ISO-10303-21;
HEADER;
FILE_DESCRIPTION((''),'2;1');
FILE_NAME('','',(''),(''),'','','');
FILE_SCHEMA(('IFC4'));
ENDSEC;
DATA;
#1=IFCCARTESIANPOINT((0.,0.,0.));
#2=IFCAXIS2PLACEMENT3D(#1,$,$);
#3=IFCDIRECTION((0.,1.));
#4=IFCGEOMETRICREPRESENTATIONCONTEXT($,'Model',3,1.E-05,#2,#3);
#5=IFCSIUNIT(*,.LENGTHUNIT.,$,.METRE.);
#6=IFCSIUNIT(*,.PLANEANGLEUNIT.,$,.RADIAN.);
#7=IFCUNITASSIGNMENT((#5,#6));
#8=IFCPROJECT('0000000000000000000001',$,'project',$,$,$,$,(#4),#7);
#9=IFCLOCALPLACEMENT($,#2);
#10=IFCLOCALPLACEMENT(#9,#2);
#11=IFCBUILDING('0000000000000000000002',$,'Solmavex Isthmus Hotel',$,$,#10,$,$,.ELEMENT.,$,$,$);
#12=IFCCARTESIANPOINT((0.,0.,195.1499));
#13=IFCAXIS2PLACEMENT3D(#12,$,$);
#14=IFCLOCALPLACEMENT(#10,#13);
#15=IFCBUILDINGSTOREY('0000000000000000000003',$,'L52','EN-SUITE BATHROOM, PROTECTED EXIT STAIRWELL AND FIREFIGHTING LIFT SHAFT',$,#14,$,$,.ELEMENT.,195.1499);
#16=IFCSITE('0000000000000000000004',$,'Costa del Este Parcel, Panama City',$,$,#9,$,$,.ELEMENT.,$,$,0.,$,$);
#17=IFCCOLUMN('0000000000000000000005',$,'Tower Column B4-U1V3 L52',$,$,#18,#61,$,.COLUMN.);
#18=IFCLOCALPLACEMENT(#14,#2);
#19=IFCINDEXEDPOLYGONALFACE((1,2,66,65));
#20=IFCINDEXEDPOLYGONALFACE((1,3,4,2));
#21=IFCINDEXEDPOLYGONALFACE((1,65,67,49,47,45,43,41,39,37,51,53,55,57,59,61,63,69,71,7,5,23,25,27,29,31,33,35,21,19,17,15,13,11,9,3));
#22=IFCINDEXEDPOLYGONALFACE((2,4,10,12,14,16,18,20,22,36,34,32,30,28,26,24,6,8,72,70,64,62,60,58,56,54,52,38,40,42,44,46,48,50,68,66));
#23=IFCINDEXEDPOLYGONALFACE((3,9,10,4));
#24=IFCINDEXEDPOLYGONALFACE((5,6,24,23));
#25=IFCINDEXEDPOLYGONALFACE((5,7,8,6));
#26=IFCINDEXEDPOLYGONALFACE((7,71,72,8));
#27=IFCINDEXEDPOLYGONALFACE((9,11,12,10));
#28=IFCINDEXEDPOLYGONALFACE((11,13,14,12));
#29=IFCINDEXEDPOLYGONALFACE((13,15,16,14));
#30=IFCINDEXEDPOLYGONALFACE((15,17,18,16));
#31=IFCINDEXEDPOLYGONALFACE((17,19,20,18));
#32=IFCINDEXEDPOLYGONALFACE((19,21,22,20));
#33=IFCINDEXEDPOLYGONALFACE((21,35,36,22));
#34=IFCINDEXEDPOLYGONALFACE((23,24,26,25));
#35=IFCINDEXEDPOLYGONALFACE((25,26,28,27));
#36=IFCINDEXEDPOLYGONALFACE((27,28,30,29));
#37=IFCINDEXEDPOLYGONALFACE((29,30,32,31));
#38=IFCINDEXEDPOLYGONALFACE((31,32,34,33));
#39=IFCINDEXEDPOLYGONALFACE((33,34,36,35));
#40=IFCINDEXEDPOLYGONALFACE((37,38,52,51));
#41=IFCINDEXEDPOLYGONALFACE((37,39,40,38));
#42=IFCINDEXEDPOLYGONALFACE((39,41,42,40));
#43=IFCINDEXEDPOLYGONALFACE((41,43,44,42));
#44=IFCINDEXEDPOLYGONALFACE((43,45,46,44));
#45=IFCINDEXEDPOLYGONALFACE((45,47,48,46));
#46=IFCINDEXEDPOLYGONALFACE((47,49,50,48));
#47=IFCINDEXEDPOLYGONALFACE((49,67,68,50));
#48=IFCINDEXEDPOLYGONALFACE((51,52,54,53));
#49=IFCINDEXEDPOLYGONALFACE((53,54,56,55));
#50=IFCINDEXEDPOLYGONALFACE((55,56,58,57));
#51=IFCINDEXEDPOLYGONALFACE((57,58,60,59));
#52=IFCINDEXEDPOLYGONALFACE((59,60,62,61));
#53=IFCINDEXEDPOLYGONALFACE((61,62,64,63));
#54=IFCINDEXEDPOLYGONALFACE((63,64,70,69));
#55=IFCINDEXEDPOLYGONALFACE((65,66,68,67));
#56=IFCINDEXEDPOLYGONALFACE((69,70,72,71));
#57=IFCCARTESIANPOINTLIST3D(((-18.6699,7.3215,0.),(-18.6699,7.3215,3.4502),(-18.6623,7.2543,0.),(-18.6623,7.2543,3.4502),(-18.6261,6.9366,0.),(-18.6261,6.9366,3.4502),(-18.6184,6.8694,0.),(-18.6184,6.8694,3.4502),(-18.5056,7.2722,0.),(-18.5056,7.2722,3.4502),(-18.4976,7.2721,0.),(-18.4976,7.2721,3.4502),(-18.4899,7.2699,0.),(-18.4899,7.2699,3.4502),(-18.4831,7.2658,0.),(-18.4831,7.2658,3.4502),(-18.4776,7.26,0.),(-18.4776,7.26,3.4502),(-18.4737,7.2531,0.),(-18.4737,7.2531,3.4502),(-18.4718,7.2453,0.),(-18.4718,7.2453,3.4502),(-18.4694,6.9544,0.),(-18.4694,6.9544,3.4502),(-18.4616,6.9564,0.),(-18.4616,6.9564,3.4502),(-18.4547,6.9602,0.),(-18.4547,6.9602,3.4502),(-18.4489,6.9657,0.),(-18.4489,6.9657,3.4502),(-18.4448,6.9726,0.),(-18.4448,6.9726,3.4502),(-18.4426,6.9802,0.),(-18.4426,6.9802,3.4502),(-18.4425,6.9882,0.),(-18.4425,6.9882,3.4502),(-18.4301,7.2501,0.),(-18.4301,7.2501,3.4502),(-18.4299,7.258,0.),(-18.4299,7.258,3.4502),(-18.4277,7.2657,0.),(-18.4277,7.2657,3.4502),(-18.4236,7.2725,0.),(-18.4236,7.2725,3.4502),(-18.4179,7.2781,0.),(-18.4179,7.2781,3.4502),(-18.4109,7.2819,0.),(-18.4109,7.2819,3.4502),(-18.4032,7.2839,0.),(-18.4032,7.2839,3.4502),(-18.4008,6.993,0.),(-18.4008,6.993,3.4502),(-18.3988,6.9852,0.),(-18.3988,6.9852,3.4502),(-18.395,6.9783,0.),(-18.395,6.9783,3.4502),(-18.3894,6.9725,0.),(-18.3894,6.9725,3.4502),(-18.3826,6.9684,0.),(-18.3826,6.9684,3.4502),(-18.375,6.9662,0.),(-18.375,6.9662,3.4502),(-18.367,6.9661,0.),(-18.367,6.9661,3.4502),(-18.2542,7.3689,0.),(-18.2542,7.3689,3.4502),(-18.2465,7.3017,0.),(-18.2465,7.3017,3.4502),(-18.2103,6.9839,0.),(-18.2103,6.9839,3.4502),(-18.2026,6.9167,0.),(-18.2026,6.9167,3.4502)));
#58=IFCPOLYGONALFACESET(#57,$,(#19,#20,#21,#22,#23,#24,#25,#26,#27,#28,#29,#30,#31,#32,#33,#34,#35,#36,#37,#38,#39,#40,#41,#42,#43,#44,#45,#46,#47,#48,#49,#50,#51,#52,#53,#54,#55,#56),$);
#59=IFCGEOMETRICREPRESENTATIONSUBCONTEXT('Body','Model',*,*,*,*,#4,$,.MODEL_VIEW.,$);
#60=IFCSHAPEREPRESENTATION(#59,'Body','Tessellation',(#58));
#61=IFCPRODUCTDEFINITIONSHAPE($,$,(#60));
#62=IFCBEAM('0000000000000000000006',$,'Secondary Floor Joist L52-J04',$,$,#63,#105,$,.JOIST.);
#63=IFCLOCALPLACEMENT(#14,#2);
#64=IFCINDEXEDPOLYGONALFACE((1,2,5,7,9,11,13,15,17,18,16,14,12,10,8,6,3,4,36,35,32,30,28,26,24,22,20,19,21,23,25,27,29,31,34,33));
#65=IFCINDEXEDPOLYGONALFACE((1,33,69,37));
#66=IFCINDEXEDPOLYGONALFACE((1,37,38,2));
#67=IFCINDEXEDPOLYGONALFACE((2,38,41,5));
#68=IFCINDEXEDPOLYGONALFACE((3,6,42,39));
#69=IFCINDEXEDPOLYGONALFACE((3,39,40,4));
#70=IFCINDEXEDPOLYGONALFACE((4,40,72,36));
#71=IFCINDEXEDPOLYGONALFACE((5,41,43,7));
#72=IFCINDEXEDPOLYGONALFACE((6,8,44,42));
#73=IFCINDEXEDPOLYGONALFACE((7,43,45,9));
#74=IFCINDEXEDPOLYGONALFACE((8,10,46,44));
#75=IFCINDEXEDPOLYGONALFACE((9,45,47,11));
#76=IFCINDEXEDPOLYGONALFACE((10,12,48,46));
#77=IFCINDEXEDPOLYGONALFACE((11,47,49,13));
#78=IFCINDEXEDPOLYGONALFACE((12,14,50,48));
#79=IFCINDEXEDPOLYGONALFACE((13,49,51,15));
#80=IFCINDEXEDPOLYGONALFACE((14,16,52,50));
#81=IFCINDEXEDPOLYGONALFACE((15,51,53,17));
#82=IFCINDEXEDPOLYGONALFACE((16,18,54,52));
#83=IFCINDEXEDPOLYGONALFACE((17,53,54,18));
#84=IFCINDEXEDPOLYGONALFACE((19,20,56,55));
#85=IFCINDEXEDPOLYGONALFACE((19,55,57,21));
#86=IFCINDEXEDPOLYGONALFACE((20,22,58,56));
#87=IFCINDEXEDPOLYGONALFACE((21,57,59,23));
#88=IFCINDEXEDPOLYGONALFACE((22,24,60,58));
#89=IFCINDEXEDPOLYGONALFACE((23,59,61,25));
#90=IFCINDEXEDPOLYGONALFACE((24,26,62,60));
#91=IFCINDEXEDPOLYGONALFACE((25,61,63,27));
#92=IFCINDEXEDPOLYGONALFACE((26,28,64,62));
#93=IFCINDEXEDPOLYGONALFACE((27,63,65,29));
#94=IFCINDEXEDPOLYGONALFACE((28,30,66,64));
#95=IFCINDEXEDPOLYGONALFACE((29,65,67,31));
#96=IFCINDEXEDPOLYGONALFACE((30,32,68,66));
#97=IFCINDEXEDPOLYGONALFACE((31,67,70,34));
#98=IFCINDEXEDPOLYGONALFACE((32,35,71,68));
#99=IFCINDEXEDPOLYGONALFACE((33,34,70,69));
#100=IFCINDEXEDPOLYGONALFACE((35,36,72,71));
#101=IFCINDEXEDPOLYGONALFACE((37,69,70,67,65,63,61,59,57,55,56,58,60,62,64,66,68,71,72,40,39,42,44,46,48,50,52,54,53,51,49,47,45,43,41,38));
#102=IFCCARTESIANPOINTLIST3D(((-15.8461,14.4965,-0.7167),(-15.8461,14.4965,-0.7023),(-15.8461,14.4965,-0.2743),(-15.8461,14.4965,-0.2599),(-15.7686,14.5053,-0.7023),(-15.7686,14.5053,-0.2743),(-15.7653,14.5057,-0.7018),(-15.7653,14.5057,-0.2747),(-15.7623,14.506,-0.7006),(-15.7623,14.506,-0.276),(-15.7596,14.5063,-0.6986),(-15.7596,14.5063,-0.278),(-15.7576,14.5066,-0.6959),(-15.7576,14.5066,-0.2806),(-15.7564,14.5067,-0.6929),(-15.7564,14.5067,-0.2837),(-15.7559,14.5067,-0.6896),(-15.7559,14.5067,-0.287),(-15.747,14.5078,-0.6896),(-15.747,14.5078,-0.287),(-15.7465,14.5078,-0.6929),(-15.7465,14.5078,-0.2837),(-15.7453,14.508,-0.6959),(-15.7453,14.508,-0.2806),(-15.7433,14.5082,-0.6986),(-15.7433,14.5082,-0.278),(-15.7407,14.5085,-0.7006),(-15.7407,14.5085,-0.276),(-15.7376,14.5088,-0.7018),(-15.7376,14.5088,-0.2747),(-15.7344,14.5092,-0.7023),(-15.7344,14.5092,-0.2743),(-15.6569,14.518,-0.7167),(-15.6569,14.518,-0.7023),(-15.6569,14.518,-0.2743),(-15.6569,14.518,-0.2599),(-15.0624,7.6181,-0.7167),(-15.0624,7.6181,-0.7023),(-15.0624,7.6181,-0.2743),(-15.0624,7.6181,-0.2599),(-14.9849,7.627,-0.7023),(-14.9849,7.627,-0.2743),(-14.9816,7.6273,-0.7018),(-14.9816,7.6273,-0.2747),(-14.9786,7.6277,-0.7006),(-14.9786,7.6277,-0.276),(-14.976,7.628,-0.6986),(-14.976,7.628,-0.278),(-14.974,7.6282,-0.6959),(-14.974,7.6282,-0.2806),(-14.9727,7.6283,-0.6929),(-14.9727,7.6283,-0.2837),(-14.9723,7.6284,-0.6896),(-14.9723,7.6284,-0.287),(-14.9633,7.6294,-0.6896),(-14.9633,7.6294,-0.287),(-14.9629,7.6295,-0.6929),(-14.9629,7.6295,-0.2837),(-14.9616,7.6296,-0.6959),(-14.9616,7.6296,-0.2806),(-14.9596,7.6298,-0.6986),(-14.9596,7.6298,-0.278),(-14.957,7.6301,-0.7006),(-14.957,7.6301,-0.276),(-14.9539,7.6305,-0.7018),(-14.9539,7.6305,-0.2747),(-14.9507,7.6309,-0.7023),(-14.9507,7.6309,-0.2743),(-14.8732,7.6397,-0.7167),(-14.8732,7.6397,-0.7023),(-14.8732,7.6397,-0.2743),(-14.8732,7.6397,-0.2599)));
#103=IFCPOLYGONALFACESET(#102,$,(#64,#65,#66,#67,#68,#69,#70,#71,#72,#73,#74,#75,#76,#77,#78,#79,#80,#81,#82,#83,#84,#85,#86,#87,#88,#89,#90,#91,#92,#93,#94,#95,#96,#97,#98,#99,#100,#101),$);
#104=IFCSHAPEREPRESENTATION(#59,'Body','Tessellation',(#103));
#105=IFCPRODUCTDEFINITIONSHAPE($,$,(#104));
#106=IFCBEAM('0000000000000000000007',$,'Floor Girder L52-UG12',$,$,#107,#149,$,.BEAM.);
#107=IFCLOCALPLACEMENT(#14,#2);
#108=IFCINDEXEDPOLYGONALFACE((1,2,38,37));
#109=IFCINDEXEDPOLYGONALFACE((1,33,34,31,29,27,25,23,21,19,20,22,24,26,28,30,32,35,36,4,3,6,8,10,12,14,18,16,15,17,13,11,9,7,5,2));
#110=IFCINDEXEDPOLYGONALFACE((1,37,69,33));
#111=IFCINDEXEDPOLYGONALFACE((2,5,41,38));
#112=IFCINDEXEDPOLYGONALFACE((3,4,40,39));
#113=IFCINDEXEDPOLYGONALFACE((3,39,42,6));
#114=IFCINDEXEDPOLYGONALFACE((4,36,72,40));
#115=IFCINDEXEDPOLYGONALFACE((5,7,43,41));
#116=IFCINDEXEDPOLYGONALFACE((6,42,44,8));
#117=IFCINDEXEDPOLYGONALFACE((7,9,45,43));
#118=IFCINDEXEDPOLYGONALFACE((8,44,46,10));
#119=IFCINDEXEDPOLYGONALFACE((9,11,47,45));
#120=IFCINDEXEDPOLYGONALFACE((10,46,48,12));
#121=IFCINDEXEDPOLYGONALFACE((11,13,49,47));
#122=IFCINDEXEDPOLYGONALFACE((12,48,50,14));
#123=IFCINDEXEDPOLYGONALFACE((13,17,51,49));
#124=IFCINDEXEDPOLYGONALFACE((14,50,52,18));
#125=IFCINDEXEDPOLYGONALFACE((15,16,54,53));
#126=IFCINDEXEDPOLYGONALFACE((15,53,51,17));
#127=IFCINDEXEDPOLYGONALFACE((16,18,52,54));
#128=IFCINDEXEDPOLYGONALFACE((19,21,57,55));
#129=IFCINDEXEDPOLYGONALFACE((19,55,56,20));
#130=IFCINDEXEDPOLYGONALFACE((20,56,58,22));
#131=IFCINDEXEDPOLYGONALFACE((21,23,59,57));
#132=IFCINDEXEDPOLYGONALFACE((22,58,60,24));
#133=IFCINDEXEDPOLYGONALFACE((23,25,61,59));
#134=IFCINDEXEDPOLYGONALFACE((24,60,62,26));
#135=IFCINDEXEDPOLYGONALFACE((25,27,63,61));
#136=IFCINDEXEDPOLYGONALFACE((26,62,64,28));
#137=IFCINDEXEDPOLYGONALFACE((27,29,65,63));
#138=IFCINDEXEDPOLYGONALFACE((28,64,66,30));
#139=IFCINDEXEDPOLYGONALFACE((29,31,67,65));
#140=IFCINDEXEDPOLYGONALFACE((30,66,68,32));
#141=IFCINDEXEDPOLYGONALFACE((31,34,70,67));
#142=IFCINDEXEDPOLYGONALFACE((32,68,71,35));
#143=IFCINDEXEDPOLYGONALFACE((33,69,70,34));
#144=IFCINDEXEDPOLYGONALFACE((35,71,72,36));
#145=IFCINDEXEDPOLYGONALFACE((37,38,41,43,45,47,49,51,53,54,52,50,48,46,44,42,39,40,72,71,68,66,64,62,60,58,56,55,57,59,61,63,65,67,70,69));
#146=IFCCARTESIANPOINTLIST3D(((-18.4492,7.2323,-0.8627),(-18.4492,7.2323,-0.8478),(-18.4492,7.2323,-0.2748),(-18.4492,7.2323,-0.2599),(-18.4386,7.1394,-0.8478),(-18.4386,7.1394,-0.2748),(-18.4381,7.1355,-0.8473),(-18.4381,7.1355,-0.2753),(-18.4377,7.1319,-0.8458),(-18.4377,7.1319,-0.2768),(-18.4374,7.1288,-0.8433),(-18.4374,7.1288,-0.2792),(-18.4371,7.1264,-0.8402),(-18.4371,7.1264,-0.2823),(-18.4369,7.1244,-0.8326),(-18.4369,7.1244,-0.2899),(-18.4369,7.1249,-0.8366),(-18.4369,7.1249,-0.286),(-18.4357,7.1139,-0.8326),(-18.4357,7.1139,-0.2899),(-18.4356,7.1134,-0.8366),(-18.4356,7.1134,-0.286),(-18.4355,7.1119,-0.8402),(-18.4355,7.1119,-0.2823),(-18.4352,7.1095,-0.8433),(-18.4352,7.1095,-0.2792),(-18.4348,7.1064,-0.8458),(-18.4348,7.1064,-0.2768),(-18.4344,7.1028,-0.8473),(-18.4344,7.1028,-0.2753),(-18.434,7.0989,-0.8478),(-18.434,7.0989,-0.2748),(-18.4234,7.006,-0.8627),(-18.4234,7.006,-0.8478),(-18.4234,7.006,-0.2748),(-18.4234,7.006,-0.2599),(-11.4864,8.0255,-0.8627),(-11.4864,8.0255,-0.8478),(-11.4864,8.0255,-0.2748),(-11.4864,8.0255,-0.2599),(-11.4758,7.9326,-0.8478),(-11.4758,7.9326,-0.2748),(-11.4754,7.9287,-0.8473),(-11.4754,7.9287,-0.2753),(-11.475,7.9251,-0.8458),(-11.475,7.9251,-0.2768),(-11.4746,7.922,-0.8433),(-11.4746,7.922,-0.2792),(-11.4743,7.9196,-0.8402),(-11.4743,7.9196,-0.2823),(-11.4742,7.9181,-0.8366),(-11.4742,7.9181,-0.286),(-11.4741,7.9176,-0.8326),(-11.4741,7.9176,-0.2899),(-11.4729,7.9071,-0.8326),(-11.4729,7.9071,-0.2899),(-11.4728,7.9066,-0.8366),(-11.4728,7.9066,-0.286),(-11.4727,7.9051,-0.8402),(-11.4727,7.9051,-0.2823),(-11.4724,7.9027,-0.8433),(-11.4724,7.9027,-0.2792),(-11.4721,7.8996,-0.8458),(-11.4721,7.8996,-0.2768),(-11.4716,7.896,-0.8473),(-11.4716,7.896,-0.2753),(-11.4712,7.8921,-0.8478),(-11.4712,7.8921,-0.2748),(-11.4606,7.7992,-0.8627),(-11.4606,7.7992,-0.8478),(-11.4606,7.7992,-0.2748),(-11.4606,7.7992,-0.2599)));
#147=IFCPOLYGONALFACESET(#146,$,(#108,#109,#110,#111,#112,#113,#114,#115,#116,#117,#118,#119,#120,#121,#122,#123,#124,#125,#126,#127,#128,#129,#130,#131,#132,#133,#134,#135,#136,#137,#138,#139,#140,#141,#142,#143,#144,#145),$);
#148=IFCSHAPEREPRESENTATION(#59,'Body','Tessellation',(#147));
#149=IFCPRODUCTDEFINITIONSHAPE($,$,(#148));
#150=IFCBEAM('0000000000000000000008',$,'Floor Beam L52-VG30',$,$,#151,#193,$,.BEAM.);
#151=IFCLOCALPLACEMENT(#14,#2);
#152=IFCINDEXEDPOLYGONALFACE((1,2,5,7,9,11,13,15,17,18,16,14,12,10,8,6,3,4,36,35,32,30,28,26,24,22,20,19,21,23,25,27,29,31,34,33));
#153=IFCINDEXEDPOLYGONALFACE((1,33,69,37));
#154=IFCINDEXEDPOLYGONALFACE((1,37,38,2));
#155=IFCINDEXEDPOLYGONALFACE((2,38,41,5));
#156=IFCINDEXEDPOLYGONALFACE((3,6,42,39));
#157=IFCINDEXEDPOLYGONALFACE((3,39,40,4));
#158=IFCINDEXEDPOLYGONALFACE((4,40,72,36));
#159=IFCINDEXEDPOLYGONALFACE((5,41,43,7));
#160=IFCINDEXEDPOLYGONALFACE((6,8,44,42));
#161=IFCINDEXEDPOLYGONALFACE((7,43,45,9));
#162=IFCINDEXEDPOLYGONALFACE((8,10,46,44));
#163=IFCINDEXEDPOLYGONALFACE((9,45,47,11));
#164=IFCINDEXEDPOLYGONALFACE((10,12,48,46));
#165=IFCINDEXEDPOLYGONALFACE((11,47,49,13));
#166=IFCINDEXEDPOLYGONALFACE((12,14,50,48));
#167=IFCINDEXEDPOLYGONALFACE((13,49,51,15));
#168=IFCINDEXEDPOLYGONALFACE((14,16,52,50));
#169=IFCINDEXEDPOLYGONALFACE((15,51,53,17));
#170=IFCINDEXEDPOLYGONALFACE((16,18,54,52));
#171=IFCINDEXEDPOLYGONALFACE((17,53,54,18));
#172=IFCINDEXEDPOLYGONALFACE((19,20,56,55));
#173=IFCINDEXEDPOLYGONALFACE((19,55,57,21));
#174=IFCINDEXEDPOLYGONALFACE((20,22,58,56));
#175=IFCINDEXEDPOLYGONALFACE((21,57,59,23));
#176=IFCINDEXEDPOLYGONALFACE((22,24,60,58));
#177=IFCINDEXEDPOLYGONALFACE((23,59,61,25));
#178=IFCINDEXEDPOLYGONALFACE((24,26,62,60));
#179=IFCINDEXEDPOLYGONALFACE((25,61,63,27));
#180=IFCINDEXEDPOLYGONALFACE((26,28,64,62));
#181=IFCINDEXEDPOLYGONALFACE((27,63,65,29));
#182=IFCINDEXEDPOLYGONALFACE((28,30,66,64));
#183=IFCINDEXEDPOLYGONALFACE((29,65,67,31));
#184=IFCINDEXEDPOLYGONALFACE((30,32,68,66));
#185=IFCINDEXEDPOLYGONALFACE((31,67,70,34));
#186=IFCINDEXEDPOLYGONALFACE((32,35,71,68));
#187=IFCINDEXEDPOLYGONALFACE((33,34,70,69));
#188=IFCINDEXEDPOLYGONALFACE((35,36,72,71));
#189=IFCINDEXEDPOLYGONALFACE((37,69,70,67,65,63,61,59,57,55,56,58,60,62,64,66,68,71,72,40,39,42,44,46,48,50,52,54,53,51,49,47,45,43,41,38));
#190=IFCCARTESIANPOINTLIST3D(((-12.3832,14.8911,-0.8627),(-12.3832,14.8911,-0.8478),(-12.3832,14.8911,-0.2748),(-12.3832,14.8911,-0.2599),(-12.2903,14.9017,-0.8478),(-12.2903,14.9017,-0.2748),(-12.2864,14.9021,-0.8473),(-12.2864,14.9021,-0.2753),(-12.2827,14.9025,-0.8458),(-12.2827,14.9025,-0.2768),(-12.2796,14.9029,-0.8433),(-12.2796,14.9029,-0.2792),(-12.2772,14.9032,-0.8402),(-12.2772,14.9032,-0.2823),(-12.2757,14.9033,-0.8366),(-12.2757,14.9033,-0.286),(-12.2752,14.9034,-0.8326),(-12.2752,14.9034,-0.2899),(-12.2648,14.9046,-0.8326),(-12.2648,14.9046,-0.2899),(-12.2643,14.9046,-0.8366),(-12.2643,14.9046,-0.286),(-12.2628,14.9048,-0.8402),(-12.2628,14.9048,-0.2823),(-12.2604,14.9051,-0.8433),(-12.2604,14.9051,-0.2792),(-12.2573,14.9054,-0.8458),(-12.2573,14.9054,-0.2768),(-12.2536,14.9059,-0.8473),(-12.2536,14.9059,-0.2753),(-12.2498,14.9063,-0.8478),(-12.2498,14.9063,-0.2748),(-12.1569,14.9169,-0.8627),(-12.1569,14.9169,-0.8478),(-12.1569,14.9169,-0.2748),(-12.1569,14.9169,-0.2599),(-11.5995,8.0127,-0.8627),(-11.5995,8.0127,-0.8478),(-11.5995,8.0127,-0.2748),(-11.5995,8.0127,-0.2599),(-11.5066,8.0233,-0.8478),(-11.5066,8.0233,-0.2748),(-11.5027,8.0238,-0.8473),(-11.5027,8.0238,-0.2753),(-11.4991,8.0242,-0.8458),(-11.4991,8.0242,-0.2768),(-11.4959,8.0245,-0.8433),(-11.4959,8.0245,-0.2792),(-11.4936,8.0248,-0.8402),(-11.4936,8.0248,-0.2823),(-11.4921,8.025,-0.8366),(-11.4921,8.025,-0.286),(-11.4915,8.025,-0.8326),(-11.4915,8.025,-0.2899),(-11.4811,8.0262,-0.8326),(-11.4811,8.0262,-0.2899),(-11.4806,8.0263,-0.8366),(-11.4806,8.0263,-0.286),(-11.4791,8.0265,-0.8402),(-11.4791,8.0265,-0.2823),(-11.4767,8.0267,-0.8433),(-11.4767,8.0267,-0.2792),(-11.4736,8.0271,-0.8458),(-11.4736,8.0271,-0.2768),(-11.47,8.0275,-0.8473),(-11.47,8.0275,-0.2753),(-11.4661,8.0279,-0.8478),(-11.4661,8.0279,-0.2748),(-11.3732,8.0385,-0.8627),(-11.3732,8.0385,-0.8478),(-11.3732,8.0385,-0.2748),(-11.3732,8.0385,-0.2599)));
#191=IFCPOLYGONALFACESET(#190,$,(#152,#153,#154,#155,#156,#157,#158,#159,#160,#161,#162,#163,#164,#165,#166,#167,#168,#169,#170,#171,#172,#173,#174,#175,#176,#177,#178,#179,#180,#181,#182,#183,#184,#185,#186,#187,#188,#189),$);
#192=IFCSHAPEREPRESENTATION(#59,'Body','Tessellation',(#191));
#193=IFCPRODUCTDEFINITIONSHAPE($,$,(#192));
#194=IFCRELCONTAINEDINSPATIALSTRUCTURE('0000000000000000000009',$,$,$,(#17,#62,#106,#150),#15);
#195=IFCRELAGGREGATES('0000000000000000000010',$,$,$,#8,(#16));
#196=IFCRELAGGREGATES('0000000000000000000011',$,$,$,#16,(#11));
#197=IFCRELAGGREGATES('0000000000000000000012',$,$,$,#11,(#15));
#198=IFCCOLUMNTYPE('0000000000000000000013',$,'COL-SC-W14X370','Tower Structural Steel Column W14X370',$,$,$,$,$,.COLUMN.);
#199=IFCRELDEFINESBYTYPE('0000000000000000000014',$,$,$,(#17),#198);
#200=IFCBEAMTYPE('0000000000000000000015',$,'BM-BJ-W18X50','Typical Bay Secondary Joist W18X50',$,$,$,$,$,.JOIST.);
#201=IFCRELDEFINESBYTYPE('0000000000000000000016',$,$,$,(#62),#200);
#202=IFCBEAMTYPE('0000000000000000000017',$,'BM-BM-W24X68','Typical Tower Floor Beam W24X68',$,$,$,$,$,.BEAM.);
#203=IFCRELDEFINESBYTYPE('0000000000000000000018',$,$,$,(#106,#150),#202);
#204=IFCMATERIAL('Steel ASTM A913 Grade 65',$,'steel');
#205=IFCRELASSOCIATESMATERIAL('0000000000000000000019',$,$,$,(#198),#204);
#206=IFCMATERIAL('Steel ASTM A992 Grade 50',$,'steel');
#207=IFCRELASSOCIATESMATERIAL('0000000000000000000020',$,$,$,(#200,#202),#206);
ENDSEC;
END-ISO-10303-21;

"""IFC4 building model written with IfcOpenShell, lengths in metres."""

from ifc_helpers import new_model, si_unit, direction, frame, origin, origin_2d, place, context, subcontext, project, spatial, i_section, extrude, material, material_profile, profile_set, type_object, element, save


model = new_model("IFC4")

# Units and contexts
model_context = context("Model", 3, precision=1e-05, world=origin(), true_north=direction((0.0, 1.0)))
body_context = subcontext(model_context, "Body", "Model", "MODEL_VIEW")
ifc_project = project(units=[si_unit("LENGTHUNIT", "METRE"), si_unit("PLANEANGLEUNIT", "RADIAN")], contexts=[model_context])

# Site, building, storey
site_placement = place(None, origin())
site = spatial("IfcSite", under=ifc_project, at=site_placement, Name="Costa del Este Parcel, Panama City", CompositionType="ELEMENT", RefElevation=0.0)
building_placement = place(site_placement, origin())
building = spatial("IfcBuilding", under=site, at=building_placement, Name="Solmavex Isthmus Hotel", CompositionType="ELEMENT")
storey_placement = place(building_placement, frame((0.0, 0.0, 195.1499)))
storey = spatial("IfcBuildingStorey", under=building, at=storey_placement, Name="L52", Description="EN-SUITE BATHROOM, PROTECTED EXIT STAIRWELL AND FIREFIGHTING LIFT SHAFT", CompositionType="ELEMENT", Elevation=195.1499)

# Column
ifc_material_1 = material(Name="Steel ASTM A913 Grade 65", Category="steel")
ifc_material_profile_1 = material_profile(ifc_material_1, i_section(OverallWidth=0.4185, OverallDepth=0.4551, WebThickness=0.042, FlangeThickness=0.0676, FilletRadius=0.0305, at=origin_2d()), Name="W14X370")
ifc_profile_set_1 = profile_set([ifc_material_profile_1], Name="Steel ASTM A913 Grade 65")
column_type = type_object("IfcColumnType", Name="COL-SC-W14X370", Description="Tower Structural Steel Column W14X370", PredefinedType="COLUMN", material=ifc_profile_set_1)
column_placement = place(storey_placement, frame((-18.4363, 7.1191, 0.0), z_axis=(0.0, 0.0, 1.0), x_axis=(0.993572, 0.113203, 0.0)))
element("IfcColumn", 1, at=column_placement, inside=storey, type_object=column_type, Name="Tower Column B4-U1V3 L52", PredefinedType="COLUMN", context=body_context, shape_type="SweptSolid", body=[
    extrude(i_section(OverallWidth=0.4185, OverallDepth=0.4551, WebThickness=0.042, FlangeThickness=0.0676, FilletRadius=0.0305, at=origin_2d()), origin(), (0.0, 0.0, 1.0), 3.4502),
])

# Beams
ifc_material_2 = material(Name="Steel ASTM A992 Grade 50", Category="steel")
ifc_material_profile_2 = material_profile(ifc_material_2, i_section(OverallWidth=0.1904, OverallDepth=0.4568, WebThickness=0.009, FlangeThickness=0.0144, FilletRadius=0.0127, at=origin_2d()), Name="W18X50")
ifc_profile_set_2 = profile_set([ifc_material_profile_2], Name="Steel ASTM A992 Grade 50")
beam_type_1 = type_object("IfcBeamType", Name="BM-BJ-W18X50", Description="Typical Bay Secondary Joist W18X50", PredefinedType="JOIST", material=ifc_profile_set_2)
beam_1_placement = place(storey_placement, frame((-14.9678, 7.6289, -0.4883), z_axis=(-0.113202, 0.993572, 0.0), x_axis=(-0.993572, -0.113202, 0.0)))
element("IfcBeam", 2, at=beam_1_placement, inside=storey, type_object=beam_type_1, Name="Secondary Floor Joist L52-J04", PredefinedType="JOIST", context=body_context, shape_type="SweptSolid", body=[
    extrude(i_section(OverallWidth=0.1904, OverallDepth=0.4568, WebThickness=0.009, FlangeThickness=0.0144, FilletRadius=0.0127, at=origin_2d()), origin(), (0.0, 0.0, 1.0), 6.9229),
])
ifc_material_profile_3 = material_profile(ifc_material_2, i_section(OverallWidth=0.2278, OverallDepth=0.6028, WebThickness=0.0105, FlangeThickness=0.0149, FilletRadius=0.0151, at=origin_2d()), Name="W24X68")
ifc_profile_set_3 = profile_set([ifc_material_profile_3], Name="Steel ASTM A992 Grade 50")
beam_type_2 = type_object("IfcBeamType", Name="BM-BM-W24X68", Description="Typical Tower Floor Beam W24X68", PredefinedType="BEAM", material=ifc_profile_set_3)
beam_2_placement = place(storey_placement, frame((-18.4363, 7.1191, -0.5613), z_axis=(0.993574, 0.113188, 0.0), x_axis=(-0.113188, 0.993574, 0.0)))
element("IfcBeam", 3, at=beam_2_placement, inside=storey, type_object=beam_type_2, Name="Floor Girder L52-UG12", PredefinedType="BEAM", context=body_context, shape_type="SweptSolid", body=[
    extrude(i_section(OverallWidth=0.2278, OverallDepth=0.6028, WebThickness=0.0105, FlangeThickness=0.0149, FilletRadius=0.0151, at=origin_2d()), origin(), (0.0, 0.0, 1.0), 7.0078),
])
beam_3_placement = place(storey_placement, frame((-11.4863, 8.0256, -0.5613), z_axis=(-0.113202, 0.993572, 0.0), x_axis=(-0.993572, -0.113202, 0.0)))
element("IfcBeam", 4, at=beam_3_placement, inside=storey, type_object=beam_type_2, Name="Floor Beam L52-VG30", PredefinedType="BEAM", context=body_context, shape_type="SweptSolid", body=[
    extrude(i_section(OverallWidth=0.2278, OverallDepth=0.6028, WebThickness=0.0105, FlangeThickness=0.0149, FilletRadius=0.0151, at=origin_2d()), origin(), (0.0, 0.0, 1.0), 6.9229),
])

save(model, "model.ifc")
